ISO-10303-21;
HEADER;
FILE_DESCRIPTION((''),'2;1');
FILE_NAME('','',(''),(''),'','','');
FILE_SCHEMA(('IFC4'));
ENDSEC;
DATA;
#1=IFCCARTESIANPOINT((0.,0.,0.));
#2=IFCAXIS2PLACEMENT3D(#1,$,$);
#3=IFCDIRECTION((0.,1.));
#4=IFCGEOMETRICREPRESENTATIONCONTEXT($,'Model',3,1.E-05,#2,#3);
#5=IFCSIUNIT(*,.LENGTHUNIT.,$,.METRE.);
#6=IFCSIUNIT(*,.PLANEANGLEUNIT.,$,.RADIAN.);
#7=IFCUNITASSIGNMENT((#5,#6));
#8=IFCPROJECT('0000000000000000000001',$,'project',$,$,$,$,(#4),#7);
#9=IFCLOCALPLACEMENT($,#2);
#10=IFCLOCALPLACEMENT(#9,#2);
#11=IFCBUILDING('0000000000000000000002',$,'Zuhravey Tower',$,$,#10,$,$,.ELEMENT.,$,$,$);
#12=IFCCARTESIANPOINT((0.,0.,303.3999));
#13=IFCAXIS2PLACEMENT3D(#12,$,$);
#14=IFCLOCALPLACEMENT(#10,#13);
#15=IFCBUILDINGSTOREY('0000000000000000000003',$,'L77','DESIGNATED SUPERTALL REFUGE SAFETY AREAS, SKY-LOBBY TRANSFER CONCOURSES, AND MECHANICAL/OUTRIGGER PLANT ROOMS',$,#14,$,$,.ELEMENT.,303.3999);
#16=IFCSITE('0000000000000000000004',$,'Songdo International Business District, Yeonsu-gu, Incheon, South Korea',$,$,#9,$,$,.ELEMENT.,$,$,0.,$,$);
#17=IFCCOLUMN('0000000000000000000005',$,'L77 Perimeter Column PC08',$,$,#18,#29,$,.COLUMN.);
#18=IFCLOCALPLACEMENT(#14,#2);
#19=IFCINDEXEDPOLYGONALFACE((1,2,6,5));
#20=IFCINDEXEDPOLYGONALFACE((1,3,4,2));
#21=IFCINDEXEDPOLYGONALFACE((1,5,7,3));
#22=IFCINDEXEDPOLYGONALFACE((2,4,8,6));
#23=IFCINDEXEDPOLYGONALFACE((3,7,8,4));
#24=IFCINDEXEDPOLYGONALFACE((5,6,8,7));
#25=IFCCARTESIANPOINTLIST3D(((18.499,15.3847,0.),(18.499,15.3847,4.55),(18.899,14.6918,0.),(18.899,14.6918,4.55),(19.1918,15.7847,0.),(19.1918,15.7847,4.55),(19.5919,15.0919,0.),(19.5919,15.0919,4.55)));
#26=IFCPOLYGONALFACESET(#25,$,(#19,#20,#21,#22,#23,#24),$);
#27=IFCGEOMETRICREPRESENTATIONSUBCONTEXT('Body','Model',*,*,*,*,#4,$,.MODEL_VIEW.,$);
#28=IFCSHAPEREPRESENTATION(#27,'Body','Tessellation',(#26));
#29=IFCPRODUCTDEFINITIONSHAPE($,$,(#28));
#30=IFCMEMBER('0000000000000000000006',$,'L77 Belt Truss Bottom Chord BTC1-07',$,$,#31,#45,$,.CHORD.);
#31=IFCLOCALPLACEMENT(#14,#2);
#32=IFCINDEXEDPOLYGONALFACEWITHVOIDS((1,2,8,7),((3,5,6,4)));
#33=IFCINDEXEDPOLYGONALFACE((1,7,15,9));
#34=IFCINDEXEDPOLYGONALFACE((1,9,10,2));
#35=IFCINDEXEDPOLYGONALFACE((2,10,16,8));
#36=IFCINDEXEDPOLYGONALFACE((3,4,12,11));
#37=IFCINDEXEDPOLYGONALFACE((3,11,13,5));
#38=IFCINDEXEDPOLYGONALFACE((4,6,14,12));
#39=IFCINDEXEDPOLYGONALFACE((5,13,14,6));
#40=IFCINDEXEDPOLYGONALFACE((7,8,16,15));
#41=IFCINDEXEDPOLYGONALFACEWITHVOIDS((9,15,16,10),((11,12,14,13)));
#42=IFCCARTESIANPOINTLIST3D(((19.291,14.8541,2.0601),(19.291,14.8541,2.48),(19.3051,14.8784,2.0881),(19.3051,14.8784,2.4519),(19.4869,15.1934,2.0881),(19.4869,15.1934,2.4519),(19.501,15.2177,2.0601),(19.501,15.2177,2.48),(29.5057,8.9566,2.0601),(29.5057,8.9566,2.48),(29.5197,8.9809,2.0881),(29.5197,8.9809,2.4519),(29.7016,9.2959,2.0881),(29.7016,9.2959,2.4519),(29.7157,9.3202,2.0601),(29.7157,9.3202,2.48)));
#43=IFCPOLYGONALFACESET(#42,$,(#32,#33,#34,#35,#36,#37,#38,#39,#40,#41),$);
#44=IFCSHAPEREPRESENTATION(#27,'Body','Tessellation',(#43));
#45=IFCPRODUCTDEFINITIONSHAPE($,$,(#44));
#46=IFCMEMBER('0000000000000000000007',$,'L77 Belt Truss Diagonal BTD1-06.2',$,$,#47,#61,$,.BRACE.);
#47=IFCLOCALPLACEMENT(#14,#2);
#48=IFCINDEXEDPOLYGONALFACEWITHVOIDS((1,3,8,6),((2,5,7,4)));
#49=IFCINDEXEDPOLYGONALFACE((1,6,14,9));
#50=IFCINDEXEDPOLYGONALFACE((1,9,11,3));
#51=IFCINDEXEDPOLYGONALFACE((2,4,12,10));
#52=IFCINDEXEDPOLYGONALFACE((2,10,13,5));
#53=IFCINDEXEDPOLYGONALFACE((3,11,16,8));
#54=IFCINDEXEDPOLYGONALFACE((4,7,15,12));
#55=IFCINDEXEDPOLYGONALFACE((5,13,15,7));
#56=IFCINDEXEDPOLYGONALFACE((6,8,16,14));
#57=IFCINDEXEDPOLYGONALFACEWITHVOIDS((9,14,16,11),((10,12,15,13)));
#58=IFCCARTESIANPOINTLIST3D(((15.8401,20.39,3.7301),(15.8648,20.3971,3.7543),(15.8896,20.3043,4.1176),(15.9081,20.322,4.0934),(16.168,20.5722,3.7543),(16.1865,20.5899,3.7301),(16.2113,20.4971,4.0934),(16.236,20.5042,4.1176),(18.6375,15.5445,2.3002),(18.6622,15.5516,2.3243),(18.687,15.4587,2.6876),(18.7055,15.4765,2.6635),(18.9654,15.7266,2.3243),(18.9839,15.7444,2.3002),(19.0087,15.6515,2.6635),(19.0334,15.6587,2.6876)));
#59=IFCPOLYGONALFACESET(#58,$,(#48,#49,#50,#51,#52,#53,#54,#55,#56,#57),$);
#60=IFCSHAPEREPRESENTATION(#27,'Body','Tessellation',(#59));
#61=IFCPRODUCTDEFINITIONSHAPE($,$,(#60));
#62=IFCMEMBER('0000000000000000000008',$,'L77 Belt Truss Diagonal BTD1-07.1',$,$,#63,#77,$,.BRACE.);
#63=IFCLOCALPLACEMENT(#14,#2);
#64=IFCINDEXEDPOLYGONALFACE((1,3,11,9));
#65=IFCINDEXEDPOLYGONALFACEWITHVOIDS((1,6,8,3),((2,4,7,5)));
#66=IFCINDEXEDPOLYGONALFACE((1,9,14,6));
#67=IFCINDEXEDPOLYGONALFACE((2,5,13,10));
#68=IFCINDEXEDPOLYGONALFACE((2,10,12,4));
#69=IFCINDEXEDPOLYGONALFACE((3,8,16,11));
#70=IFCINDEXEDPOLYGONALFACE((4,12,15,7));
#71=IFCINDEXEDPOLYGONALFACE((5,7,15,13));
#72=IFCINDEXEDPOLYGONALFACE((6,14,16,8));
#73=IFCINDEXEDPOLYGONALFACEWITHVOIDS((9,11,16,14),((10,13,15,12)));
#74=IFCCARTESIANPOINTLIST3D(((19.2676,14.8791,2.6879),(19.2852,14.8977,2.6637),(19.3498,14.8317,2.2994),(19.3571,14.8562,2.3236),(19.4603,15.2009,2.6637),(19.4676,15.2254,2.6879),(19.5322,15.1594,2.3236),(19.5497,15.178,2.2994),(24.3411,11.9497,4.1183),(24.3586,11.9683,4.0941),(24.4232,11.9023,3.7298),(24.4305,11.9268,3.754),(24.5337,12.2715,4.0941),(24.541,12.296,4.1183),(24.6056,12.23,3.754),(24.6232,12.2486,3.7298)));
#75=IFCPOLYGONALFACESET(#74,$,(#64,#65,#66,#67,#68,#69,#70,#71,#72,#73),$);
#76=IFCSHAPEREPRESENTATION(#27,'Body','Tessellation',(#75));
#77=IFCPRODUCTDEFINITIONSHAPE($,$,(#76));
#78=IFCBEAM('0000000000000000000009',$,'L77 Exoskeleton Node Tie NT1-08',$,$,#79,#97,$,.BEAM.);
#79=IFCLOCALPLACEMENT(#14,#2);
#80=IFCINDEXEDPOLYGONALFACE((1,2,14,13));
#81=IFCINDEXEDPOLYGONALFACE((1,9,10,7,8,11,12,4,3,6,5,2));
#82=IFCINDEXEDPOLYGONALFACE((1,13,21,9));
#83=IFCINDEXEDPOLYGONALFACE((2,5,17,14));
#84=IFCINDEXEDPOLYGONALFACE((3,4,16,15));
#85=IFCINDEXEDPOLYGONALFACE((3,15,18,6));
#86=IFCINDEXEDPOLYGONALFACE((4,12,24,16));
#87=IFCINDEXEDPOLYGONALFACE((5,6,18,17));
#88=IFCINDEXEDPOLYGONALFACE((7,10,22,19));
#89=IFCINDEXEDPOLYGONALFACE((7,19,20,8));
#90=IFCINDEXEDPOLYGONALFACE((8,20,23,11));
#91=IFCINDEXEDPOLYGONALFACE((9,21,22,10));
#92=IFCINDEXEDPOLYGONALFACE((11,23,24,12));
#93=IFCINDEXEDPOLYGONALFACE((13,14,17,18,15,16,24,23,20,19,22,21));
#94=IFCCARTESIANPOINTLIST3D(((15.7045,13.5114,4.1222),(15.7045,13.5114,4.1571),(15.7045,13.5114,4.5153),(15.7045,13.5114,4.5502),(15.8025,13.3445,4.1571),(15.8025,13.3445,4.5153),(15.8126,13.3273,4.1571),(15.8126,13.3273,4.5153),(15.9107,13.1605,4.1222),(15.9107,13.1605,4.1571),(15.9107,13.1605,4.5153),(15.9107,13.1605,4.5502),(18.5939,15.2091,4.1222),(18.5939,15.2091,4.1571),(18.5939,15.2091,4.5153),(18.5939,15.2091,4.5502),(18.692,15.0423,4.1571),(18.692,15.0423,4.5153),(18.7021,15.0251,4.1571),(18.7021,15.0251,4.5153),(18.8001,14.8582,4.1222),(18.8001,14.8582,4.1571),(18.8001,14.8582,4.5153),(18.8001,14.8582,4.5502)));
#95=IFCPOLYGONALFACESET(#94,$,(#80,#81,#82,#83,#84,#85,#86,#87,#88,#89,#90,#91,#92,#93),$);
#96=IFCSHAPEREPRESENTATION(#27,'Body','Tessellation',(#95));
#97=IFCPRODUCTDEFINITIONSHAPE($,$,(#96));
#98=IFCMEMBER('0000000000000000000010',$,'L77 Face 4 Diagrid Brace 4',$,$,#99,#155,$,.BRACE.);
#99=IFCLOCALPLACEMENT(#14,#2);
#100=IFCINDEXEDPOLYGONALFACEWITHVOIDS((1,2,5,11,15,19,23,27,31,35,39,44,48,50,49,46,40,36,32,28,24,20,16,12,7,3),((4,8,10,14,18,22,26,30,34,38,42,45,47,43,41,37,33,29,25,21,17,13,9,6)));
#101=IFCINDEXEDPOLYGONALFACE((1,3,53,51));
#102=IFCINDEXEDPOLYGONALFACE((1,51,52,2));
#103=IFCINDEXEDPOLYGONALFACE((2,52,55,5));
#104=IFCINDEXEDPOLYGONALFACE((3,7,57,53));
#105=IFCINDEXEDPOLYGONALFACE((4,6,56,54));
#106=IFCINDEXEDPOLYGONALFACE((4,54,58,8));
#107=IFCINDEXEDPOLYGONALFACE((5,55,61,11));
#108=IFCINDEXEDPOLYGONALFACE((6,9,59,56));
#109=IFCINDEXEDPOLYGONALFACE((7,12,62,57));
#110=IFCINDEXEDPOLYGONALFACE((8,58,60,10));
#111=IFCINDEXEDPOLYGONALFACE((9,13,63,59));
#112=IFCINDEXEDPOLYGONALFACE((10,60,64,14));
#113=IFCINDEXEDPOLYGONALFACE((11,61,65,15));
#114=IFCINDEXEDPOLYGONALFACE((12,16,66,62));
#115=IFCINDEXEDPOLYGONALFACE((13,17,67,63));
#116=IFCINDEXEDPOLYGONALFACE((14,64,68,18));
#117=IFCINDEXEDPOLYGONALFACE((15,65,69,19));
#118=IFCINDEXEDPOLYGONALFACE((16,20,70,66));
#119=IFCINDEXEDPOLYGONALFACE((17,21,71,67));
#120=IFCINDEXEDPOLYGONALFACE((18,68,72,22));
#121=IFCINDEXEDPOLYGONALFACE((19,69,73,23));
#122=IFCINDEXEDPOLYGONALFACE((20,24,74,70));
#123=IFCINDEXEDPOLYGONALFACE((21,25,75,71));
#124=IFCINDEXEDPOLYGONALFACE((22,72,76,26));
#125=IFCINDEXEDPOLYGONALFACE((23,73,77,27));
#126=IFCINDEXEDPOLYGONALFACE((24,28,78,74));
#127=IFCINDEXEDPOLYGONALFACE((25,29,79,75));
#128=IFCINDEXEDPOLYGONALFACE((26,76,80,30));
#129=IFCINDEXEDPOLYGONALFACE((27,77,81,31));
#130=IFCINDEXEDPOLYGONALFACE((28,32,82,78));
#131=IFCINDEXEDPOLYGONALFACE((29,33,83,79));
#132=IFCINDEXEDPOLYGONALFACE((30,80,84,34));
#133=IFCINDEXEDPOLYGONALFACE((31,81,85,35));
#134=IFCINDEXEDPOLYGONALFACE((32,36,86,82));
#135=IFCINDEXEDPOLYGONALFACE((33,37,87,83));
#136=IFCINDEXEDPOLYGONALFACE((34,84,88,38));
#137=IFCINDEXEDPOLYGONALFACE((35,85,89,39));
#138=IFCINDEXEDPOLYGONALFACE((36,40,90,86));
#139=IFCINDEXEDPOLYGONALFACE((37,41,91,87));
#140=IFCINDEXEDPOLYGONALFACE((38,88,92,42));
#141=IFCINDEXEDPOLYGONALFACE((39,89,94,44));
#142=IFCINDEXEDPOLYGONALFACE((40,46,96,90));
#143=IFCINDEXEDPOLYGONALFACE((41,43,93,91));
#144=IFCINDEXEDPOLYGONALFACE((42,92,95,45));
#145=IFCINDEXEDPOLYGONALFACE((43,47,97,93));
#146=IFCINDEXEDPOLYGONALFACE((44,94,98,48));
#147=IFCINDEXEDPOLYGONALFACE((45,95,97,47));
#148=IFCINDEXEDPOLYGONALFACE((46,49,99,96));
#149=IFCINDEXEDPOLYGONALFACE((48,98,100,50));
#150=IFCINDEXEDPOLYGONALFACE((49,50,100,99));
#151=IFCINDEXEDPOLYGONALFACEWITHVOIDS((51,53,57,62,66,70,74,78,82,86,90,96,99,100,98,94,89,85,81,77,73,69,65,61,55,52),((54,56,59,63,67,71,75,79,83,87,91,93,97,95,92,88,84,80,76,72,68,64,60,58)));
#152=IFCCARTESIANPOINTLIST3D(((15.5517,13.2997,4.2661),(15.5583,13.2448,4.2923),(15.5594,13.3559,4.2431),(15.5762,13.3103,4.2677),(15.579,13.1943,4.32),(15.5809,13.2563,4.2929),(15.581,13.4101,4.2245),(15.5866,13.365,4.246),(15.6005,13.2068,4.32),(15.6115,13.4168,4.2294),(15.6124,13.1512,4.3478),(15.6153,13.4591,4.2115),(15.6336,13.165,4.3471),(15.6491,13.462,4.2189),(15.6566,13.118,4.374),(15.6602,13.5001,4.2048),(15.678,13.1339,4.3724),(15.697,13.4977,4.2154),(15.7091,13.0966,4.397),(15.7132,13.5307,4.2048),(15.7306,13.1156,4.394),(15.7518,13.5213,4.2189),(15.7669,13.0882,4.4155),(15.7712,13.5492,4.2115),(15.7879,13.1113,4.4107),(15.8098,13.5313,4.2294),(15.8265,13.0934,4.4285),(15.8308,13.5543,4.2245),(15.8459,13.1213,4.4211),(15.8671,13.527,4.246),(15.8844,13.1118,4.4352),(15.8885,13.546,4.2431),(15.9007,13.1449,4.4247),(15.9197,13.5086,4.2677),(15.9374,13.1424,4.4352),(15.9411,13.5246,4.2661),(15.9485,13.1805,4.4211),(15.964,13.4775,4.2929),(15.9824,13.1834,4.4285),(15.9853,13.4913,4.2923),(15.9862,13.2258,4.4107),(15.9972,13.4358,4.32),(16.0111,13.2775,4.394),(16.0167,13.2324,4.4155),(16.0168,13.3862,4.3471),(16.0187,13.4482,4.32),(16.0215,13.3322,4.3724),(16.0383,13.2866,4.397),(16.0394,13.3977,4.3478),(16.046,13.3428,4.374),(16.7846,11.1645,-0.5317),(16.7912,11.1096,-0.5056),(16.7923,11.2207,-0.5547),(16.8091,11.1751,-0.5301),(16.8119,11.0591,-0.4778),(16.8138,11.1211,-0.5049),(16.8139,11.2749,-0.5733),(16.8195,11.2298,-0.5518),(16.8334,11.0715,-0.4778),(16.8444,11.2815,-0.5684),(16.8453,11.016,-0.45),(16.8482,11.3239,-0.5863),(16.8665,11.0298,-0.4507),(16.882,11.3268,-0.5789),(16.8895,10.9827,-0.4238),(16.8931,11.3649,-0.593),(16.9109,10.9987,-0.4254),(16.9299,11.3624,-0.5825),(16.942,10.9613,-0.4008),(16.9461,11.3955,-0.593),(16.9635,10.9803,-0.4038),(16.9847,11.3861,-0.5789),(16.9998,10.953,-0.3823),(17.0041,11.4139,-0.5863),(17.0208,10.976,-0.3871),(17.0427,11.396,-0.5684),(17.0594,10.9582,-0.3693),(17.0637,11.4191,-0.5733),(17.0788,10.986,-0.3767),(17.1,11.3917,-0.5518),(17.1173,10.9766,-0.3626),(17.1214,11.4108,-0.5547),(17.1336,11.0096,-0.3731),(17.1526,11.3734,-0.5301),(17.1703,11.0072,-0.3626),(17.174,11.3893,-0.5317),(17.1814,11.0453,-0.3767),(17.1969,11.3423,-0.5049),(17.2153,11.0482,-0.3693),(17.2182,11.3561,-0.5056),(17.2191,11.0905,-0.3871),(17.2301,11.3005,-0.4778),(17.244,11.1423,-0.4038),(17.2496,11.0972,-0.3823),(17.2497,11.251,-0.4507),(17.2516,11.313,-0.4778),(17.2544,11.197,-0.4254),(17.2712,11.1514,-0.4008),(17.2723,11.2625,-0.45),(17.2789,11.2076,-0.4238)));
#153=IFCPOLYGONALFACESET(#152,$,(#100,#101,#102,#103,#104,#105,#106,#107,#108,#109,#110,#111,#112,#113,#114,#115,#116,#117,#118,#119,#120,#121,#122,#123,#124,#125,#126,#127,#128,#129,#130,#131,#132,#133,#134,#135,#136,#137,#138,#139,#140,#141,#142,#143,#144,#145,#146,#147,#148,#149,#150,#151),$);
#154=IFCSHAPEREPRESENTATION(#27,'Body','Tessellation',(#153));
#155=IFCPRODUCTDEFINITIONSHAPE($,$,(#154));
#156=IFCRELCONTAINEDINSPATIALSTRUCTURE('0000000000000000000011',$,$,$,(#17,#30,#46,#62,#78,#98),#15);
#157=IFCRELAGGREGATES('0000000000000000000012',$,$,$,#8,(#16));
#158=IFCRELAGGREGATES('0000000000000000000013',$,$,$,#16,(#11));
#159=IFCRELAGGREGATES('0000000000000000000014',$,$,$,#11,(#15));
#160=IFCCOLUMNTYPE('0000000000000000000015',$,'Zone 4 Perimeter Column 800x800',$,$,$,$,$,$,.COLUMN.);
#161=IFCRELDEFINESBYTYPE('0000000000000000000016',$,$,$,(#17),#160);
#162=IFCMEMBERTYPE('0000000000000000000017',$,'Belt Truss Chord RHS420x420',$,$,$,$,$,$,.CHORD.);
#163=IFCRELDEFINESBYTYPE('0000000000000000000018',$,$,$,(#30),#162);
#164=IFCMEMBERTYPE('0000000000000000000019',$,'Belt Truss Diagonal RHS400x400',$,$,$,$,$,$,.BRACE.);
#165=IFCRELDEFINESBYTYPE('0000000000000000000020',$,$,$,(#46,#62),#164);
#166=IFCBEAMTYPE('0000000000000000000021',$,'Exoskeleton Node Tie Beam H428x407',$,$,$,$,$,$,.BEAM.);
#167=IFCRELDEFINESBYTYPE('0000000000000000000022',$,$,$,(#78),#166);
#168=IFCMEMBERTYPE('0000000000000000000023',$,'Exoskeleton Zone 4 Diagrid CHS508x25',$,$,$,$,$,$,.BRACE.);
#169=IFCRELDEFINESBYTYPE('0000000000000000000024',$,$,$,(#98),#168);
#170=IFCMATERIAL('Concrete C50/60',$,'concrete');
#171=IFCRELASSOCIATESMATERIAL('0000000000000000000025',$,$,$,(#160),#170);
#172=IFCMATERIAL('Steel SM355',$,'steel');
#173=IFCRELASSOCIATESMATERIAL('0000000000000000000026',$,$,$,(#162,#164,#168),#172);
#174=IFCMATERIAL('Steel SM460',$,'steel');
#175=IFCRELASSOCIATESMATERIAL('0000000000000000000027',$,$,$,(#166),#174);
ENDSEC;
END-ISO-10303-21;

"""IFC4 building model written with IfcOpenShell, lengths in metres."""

from ifc_helpers import new_model, si_unit, direction, frame, origin, origin_2d, place, context, subcontext, project, spatial, rectangle, hollow_rectangle, hollow_circle, i_section, extrude, material, material_profile, profile_set, type_object, element, save


model = new_model("IFC4")

# Units and contexts
model_context = context("Model", 3, precision=1e-05, world=origin(), true_north=direction((0.0, 1.0)))
body_context = subcontext(model_context, "Body", "Model", "MODEL_VIEW")
ifc_project = project(units=[si_unit("LENGTHUNIT", "METRE"), si_unit("PLANEANGLEUNIT", "RADIAN")], contexts=[model_context])

# Site, building, storey
site_placement = place(None, origin())
site = spatial("IfcSite", under=ifc_project, at=site_placement, Name="Songdo International Business District, Yeonsu-gu, Incheon, South Korea", CompositionType="ELEMENT", RefElevation=0.0)
building_placement = place(site_placement, origin())
building = spatial("IfcBuilding", under=site, at=building_placement, Name="Zuhravey Tower", CompositionType="ELEMENT")
storey_placement = place(building_placement, frame((0.0, 0.0, 303.3999)))
storey = spatial("IfcBuildingStorey", under=building, at=storey_placement, Name="L77", Description="DESIGNATED SUPERTALL REFUGE SAFETY AREAS, SKY-LOBBY TRANSFER CONCOURSES, AND MECHANICAL/OUTRIGGER PLANT ROOMS", CompositionType="ELEMENT", Elevation=303.3999)

# Column
ifc_material_1 = material(Name="Concrete C50/60", Category="concrete")
ifc_material_profile_1 = material_profile(ifc_material_1, rectangle(XDim=0.8, YDim=0.8, at=origin_2d()), Name="RC-800x800")
ifc_profile_set_1 = profile_set([ifc_material_profile_1], Name="Concrete C50/60")
column_type = type_object("IfcColumnType", Name="Zone 4 Perimeter Column 800x800", PredefinedType="COLUMN", material=ifc_profile_set_1)
column_placement = place(storey_placement, frame((19.0454, 15.2383, 0.0), z_axis=(0.0, 0.0, 1.0), x_axis=(0.5, -0.866025, 0.0)))
element("IfcColumn", 1, at=column_placement, inside=storey, type_object=column_type, Name="L77 Perimeter Column PC08", PredefinedType="COLUMN", context=body_context, shape_type="SweptSolid", body=[
    extrude(rectangle(XDim=0.8, YDim=0.8, at=origin_2d()), origin(), (0.0, 0.0, 1.0), 4.55),
])

# Members
ifc_material_2 = material(Name="Steel SM355", Category="steel")
ifc_material_profile_2 = material_profile(ifc_material_2, hollow_rectangle(XDim=0.4199, YDim=0.4199, WallThickness=0.0281, at=origin_2d()), Name="RHS-420x420x28")
ifc_profile_set_2 = profile_set([ifc_material_profile_2], Name="Steel SM355")
member_type_1 = type_object("IfcMemberType", Name="Belt Truss Chord RHS420x420", PredefinedType="CHORD", material=ifc_profile_set_2)
member_1_placement = place(storey_placement, frame((19.396, 15.0359, 2.27), z_axis=(0.866023, -0.500004, 0.0), x_axis=(0.500004, 0.866023, 0.0)))
element("IfcMember", 2, at=member_1_placement, inside=storey, type_object=member_type_1, Name="L77 Belt Truss Bottom Chord BTC1-07", PredefinedType="CHORD", context=body_context, shape_type="SweptSolid", body=[
    extrude(hollow_rectangle(XDim=0.4199, YDim=0.4199, WallThickness=0.0281, at=origin_2d()), origin(), (0.0, 0.0, 1.0), 11.7949),
])
ifc_material_profile_3 = material_profile(ifc_material_2, hollow_rectangle(XDim=0.3999, YDim=0.3999, WallThickness=0.0249, at=origin_2d()), Name="RHS-400x400x25")
ifc_profile_set_3 = profile_set([ifc_material_profile_3], Name="Steel SM355")
member_type_2 = type_object("IfcMemberType", Name="Belt Truss Diagonal RHS400x400", PredefinedType="BRACE", material=ifc_profile_set_3)
member_2_placement = place(storey_placement, frame((18.8354, 15.6016, 2.4939), z_axis=(-0.484408, 0.839068, 0.247615), x_axis=(-0.866038, -0.499978, 0.0)))
element("IfcMember", 3, at=member_2_placement, inside=storey, type_object=member_type_2, Name="L77 Belt Truss Diagonal BTD1-06.2", PredefinedType="BRACE", context=body_context, shape_type="SweptSolid", body=[
    extrude(hollow_rectangle(XDim=0.3999, YDim=0.3999, WallThickness=0.0249, at=origin_2d()), origin(), (0.0, 0.0, 1.0), 5.7749),
])
member_3_placement = place(storey_placement, frame((19.4087, 15.0286, 2.4937), z_axis=(0.841292, -0.485764, 0.237194), x_axis=(0.500034, 0.866006, 0.0)))
element("IfcMember", 4, at=member_3_placement, inside=storey, type_object=member_type_2, Name="L77 Belt Truss Diagonal BTD1-07.1", PredefinedType="BRACE", context=body_context, shape_type="SweptSolid", body=[
    extrude(hollow_rectangle(XDim=0.3999, YDim=0.3999, WallThickness=0.0249, at=origin_2d()), origin(), (0.0, 0.0, 1.0), 6.0305),
])

# Beam
ifc_material_3 = material(Name="Steel SM460", Category="steel")
ifc_material_profile_4 = material_profile(ifc_material_3, i_section(OverallWidth=0.407, OverallDepth=0.428, WebThickness=0.02, FlangeThickness=0.0349, at=origin_2d()), Name="H-428x407x20x35")
ifc_profile_set_4 = profile_set([ifc_material_profile_4], Name="Steel SM460")
beam_type_1 = type_object("IfcBeamType", Name="Exoskeleton Node Tie Beam H428x407", PredefinedType="BEAM", material=ifc_profile_set_4)
beam_1_placement = place(storey_placement, frame((18.697, 15.0337, 4.3362), z_axis=(-0.862181, -0.5066, 0.0), x_axis=(0.5066, -0.862181, 0.0)))
element("IfcBeam", 5, at=beam_1_placement, inside=storey, type_object=beam_type_1, Name="L77 Exoskeleton Node Tie NT1-08", PredefinedType="BEAM", context=body_context, shape_type="SweptSolid", body=[
    extrude(i_section(OverallWidth=0.407, OverallDepth=0.428, WebThickness=0.02, FlangeThickness=0.0349, at=origin_2d()), origin(), (0.0, 0.0, 1.0), 3.3513),
])

# Member
ifc_material_profile_5 = material_profile(ifc_material_2, hollow_circle(Radius=0.2539, WallThickness=0.0249, at=origin_2d()), Name="CHS-508.0x25")
ifc_profile_set_5 = profile_set([ifc_material_profile_5], Name="Steel SM355")
member_type_3 = type_object("IfcMemberType", Name="Exoskeleton Zone 4 Diagrid CHS508x25", PredefinedType="BRACE", material=ifc_profile_set_5)
member_4_placement = place(storey_placement, frame((17.0317, 11.186, -0.4778), z_axis=(-0.228557, 0.395833, 0.889426), x_axis=(-0.866004, -0.500037, 0.0)))
element("IfcMember", 6, at=member_4_placement, inside=storey, type_object=member_type_3, Name="L77 Face 4 Diagrid Brace 4", PredefinedType="BRACE", context=body_context, shape_type="SweptSolid", body=[
    extrude(hollow_circle(Radius=0.2539, WallThickness=0.0249, at=origin_2d()), origin(), (0.0, 0.0, 1.0), 5.3943),
])

save(model, "model.ifc")
